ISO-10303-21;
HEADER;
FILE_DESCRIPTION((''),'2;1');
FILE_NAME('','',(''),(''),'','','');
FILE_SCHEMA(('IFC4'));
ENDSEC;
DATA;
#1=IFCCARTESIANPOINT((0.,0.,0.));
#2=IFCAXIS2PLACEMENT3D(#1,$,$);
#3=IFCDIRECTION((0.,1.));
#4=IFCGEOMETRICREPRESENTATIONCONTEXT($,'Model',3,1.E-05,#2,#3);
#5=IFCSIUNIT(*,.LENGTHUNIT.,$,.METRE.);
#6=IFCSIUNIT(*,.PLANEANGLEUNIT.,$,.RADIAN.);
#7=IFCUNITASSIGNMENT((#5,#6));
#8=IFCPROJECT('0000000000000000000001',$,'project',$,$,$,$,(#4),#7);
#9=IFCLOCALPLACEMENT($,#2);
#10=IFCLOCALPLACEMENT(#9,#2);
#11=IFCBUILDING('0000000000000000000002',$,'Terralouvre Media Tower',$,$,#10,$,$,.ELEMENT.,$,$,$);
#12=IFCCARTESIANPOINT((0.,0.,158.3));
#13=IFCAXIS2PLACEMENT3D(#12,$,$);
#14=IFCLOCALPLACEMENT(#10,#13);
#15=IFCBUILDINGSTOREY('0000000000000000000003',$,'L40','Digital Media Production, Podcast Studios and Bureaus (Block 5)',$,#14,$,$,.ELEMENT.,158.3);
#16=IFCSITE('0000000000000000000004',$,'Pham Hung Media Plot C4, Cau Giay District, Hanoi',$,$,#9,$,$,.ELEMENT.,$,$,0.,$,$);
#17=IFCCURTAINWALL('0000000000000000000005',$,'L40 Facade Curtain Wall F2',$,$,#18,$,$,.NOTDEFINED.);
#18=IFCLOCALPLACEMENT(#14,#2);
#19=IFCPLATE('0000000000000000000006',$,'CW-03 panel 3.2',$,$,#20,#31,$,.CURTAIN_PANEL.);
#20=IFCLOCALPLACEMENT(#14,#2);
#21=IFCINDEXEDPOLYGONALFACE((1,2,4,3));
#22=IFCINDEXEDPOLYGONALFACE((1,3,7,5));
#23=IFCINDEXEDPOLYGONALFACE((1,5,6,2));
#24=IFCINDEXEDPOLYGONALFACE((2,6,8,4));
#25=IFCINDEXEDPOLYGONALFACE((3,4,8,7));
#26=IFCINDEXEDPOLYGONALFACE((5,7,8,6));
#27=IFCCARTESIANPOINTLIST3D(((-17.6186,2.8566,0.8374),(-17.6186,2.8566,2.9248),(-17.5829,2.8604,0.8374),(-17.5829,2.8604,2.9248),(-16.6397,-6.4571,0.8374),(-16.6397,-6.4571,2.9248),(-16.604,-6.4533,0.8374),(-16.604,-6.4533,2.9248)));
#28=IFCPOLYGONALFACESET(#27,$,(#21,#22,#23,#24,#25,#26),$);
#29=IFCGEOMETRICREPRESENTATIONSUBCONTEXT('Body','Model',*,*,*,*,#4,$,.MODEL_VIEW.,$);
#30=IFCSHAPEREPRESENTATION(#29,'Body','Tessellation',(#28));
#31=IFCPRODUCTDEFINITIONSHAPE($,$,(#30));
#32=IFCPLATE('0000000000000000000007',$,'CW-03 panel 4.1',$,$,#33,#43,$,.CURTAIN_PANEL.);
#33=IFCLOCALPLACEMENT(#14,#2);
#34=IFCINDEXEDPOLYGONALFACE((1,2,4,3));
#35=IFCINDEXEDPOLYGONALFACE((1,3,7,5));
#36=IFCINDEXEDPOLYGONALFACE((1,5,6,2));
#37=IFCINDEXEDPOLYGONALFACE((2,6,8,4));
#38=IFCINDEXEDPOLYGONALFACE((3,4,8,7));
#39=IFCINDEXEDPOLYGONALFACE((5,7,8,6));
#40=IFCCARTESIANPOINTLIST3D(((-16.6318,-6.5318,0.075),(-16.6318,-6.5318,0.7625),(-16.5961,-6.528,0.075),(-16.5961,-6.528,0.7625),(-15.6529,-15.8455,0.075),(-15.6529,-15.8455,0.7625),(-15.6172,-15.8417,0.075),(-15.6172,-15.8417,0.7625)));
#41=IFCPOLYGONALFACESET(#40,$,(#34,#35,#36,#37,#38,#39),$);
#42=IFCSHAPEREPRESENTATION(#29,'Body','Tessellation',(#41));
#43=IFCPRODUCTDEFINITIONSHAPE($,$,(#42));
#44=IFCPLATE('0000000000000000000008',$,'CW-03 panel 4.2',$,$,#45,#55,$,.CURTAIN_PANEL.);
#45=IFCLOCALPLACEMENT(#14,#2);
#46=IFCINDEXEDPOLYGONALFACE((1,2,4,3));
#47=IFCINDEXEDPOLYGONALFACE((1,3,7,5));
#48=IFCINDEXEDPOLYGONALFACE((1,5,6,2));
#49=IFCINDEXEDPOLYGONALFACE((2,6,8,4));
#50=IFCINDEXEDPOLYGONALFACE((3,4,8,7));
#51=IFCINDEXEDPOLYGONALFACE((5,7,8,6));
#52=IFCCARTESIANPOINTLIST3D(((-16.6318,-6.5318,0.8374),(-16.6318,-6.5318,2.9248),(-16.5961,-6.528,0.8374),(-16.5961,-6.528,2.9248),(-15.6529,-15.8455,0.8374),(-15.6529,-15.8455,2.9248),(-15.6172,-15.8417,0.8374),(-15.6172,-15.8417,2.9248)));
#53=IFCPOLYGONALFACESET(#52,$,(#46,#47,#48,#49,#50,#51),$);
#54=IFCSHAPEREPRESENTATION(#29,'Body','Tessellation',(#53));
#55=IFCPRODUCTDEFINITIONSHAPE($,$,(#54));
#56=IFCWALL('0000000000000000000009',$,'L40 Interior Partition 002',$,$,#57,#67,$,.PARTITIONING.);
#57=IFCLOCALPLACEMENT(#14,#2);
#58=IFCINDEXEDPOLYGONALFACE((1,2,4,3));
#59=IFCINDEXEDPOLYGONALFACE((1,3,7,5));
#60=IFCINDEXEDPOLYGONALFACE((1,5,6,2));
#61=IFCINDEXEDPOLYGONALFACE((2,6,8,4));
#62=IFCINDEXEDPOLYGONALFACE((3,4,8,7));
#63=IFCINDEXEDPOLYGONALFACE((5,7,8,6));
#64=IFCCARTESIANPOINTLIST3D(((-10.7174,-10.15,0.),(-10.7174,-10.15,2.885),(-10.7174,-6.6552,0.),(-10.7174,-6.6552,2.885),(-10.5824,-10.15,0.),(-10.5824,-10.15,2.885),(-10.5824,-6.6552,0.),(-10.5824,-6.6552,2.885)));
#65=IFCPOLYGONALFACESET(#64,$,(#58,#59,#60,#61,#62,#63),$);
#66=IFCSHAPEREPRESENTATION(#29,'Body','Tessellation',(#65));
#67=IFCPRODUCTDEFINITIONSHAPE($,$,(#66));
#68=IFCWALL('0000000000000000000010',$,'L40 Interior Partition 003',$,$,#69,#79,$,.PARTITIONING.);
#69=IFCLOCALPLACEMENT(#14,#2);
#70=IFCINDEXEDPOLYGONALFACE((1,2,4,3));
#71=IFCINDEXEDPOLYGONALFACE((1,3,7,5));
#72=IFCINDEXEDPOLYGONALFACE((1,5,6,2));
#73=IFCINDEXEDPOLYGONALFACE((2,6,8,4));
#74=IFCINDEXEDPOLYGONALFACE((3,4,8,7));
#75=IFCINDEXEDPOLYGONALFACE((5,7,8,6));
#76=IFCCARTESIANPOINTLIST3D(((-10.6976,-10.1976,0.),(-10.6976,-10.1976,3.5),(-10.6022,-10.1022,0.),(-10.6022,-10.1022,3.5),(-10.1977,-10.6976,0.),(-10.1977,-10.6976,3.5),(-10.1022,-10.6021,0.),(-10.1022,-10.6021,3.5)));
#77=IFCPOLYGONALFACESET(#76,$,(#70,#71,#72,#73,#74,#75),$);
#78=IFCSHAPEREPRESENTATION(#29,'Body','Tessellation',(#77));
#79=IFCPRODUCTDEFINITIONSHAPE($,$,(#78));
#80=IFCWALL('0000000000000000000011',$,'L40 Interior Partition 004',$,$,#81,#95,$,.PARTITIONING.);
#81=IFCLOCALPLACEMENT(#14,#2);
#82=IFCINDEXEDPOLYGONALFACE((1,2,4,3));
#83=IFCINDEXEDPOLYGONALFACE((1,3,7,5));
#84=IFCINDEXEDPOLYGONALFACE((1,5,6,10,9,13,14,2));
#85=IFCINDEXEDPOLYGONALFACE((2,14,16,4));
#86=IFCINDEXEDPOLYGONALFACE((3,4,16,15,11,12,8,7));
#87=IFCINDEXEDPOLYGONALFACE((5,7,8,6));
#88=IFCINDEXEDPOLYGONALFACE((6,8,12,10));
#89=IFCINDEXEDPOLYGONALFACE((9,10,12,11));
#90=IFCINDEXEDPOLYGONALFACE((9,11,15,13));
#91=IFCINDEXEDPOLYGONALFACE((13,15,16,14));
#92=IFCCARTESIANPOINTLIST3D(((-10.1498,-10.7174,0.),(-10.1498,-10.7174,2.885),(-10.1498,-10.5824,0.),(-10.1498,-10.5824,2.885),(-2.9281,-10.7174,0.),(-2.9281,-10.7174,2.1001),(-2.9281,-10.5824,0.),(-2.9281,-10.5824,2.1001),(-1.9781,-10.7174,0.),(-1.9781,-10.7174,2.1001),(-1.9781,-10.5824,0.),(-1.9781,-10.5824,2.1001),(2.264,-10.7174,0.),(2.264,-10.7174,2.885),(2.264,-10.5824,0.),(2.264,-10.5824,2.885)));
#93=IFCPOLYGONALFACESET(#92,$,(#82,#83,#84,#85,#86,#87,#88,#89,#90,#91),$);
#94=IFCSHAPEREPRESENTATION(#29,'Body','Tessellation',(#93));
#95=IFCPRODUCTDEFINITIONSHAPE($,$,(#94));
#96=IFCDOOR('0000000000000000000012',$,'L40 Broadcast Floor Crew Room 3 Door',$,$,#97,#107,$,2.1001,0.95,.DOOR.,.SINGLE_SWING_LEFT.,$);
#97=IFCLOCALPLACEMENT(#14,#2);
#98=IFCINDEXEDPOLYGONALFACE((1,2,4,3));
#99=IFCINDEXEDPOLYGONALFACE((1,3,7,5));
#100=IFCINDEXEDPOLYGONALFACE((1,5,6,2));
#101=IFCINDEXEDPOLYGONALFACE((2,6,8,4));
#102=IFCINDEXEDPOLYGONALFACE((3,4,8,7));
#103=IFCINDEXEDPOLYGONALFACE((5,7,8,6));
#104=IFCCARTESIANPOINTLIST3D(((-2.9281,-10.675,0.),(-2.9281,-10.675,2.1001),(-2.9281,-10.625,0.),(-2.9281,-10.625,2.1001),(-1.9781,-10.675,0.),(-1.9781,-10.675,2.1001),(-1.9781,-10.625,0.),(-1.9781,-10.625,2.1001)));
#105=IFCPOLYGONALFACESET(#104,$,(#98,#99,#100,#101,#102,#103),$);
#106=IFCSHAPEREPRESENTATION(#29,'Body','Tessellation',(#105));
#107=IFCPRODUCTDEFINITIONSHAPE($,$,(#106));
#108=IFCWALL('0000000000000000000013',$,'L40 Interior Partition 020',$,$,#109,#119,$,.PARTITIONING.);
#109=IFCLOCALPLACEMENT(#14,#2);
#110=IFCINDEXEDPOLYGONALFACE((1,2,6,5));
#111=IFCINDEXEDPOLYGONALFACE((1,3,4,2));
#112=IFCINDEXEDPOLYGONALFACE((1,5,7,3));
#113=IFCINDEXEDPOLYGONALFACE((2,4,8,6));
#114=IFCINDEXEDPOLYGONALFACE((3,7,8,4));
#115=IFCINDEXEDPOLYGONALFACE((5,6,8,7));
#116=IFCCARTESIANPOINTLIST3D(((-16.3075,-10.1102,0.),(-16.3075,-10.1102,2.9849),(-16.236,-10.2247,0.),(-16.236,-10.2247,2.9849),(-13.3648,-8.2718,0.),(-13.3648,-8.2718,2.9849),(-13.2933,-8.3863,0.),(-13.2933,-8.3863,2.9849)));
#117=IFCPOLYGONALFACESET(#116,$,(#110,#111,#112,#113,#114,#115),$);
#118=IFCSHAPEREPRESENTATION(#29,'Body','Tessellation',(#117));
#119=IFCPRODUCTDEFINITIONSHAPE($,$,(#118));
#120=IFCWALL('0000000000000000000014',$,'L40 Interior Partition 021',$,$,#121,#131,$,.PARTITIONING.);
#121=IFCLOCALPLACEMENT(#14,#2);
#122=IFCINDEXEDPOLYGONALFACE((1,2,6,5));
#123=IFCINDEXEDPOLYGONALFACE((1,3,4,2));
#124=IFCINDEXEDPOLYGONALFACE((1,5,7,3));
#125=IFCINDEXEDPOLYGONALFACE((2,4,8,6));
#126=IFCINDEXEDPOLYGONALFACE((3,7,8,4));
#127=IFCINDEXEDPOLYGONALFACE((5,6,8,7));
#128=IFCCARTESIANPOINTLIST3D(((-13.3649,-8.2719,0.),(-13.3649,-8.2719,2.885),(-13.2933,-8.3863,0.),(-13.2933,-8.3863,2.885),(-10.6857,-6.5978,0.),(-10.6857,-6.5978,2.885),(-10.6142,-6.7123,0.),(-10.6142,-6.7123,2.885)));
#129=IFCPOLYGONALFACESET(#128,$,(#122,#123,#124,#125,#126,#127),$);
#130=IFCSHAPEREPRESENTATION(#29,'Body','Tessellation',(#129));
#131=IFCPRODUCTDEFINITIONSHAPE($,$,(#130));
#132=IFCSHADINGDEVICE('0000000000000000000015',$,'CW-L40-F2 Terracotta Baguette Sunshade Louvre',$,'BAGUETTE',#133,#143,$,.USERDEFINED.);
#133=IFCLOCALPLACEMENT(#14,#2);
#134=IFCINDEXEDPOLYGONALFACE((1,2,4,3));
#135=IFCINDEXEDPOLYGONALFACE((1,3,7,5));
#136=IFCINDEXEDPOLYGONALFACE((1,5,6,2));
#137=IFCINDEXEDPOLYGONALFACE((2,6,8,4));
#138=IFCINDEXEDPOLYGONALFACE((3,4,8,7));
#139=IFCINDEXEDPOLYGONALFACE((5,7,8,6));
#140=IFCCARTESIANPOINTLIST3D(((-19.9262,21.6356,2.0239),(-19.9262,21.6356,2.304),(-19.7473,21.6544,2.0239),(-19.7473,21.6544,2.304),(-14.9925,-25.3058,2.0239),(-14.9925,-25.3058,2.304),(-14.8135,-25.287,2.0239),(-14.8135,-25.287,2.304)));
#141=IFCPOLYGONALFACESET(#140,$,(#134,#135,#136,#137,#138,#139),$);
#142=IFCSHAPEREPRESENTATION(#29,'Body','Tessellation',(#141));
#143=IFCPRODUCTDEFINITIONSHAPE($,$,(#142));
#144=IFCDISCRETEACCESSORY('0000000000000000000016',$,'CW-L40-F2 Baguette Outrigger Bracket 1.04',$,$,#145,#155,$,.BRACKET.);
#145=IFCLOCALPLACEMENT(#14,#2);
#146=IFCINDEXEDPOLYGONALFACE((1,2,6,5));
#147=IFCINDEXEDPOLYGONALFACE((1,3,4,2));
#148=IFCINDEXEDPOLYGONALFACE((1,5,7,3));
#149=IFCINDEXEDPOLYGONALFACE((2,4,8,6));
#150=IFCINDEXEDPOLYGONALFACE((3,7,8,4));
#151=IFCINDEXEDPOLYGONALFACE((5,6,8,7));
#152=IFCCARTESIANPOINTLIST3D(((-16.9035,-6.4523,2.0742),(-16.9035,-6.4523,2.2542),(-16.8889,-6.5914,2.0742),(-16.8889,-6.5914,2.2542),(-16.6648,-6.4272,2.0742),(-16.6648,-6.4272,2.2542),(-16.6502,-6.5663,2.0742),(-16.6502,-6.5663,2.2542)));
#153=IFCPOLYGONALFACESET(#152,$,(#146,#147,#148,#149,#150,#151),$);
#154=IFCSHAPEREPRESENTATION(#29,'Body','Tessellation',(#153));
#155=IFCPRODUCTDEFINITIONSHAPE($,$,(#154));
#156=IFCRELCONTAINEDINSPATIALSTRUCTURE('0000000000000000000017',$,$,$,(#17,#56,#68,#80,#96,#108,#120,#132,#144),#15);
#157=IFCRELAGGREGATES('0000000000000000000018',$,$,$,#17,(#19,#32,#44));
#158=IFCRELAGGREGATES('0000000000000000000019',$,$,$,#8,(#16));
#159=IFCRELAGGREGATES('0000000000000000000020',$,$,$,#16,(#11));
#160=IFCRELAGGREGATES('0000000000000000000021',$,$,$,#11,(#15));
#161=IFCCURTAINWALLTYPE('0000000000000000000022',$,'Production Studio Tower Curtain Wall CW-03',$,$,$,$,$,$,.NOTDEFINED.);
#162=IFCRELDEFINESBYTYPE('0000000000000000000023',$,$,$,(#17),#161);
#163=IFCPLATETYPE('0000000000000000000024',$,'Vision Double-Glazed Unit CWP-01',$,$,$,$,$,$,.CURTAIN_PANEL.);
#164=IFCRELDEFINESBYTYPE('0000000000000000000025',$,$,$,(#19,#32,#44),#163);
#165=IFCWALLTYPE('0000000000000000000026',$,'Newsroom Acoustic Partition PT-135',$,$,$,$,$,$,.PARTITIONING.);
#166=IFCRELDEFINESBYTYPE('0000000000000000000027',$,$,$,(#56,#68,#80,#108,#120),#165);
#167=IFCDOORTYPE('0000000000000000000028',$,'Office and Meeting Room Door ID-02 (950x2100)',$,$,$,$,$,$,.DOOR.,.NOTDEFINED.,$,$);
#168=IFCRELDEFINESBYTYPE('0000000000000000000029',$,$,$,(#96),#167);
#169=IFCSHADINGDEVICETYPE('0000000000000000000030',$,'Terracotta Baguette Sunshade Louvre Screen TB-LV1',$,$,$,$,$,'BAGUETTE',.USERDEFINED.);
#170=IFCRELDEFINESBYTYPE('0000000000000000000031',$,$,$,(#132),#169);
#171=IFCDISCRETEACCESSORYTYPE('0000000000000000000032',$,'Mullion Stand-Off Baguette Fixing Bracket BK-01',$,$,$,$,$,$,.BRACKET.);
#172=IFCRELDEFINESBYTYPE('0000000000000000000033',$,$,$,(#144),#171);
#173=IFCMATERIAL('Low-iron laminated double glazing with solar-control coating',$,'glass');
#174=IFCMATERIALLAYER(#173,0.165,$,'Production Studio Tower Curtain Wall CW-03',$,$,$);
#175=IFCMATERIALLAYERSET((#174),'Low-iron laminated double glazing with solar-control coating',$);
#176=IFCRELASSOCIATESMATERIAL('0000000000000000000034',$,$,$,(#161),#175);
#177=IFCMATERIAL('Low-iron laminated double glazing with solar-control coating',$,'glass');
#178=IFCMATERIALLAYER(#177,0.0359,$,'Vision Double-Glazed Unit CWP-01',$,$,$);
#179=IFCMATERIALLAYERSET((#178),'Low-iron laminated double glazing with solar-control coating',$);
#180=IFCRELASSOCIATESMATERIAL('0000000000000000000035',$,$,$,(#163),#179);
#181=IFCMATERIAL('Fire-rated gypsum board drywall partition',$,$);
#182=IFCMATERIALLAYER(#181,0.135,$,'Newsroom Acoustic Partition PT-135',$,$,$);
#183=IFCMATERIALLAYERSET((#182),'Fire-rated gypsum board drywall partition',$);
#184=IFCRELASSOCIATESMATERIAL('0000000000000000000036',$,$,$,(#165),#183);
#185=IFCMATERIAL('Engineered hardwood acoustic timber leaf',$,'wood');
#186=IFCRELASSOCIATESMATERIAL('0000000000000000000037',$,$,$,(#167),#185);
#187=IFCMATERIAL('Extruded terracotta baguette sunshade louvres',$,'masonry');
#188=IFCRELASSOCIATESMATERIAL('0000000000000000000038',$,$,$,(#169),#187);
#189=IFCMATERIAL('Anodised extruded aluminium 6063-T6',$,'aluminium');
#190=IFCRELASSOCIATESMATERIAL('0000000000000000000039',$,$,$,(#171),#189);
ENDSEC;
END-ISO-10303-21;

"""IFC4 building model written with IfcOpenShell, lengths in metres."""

from ifc_helpers import new_model, si_unit, direction, frame, frame_2d, origin, origin_2d, place, context, subcontext, project, spatial, rectangle, extrude, material, layer, layer_set, type_object, element, fill, aggregate, save


model = new_model("IFC4")

# Units and contexts
model_context = context("Model", 3, precision=1e-05, world=origin(), true_north=direction((0.0, 1.0)))
body_context = subcontext(model_context, "Body", "Model", "MODEL_VIEW")
ifc_project = project(units=[si_unit("LENGTHUNIT", "METRE"), si_unit("PLANEANGLEUNIT", "RADIAN")], contexts=[model_context])

# Site, building, storey
site_placement = place(None, origin())
site = spatial("IfcSite", under=ifc_project, at=site_placement, Name="Pham Hung Media Plot C4, Cau Giay District, Hanoi", CompositionType="ELEMENT", RefElevation=0.0)
building_placement = place(site_placement, origin())
building = spatial("IfcBuilding", under=site, at=building_placement, Name="Terralouvre Media Tower", CompositionType="ELEMENT")
storey_placement = place(building_placement, frame((0.0, 0.0, 158.3)))
storey = spatial("IfcBuildingStorey", under=building, at=storey_placement, Name="L40", Description="Digital Media Production, Podcast Studios and Bureaus (Block 5)", CompositionType="ELEMENT", Elevation=158.3)

# Curtain wall
ifc_material_1 = material(Name="Low-iron laminated double glazing with solar-control coating", Category="glass")
ifc_layer_1 = layer(ifc_material_1, 0.165, Name="Production Studio Tower Curtain Wall CW-03")
ifc_layer_set_1 = layer_set([ifc_layer_1], Name="Low-iron laminated double glazing with solar-control coating")
curtain_wall_type = type_object("IfcCurtainWallType", Name="Production Studio Tower Curtain Wall CW-03", PredefinedType="NOTDEFINED", material=ifc_layer_set_1)
curtain_wall_placement = place(storey_placement, origin())
curtain_wall = element("IfcCurtainWall", 1, at=curtain_wall_placement, inside=storey, type_object=curtain_wall_type, Name="L40 Facade Curtain Wall F2", PredefinedType="NOTDEFINED")

# Plates
ifc_material_2 = material(Name="Low-iron laminated double glazing with solar-control coating", Category="glass")
ifc_layer_2 = layer(ifc_material_2, 0.0359, Name="Vision Double-Glazed Unit CWP-01")
ifc_layer_set_2 = layer_set([ifc_layer_2], Name="Low-iron laminated double glazing with solar-control coating")
plate_type = type_object("IfcPlateType", Name="Vision Double-Glazed Unit CWP-01", PredefinedType="CURTAIN_PANEL", material=ifc_layer_set_2)
plate_1_placement = place(storey_placement, frame((-17.1113, -1.7983, 0.8374), z_axis=(0.0, 0.0, 1.0), x_axis=(0.104528, -0.994522, 0.0)))
plate_1 = element("IfcPlate", 2, at=plate_1_placement, type_object=plate_type, Name="CW-03 panel 3.2", PredefinedType="CURTAIN_PANEL", context=body_context, shape_type="SweptSolid", body=[
    extrude(rectangle(XDim=9.365, YDim=0.0359, at=origin_2d()), origin(), (0.0, 0.0, 1.0), 2.0874),
])
plate_2_placement = place(storey_placement, frame((-16.1245, -11.1868, 0.075), z_axis=(0.0, 0.0, 1.0), x_axis=(0.104528, -0.994522, 0.0)))
plate_2 = element("IfcPlate", 3, at=plate_2_placement, type_object=plate_type, Name="CW-03 panel 4.1", PredefinedType="CURTAIN_PANEL", context=body_context, shape_type="SweptSolid", body=[
    extrude(rectangle(XDim=9.365, YDim=0.0359, at=origin_2d()), origin(), (0.0, 0.0, 1.0), 0.6875),
])
plate_3_placement = place(storey_placement, frame((-16.1245, -11.1868, 0.8374), z_axis=(0.0, 0.0, 1.0), x_axis=(0.104528, -0.994522, 0.0)))
plate_3 = element("IfcPlate", 4, at=plate_3_placement, type_object=plate_type, Name="CW-03 panel 4.2", PredefinedType="CURTAIN_PANEL", context=body_context, shape_type="SweptSolid", body=[
    extrude(rectangle(XDim=9.365, YDim=0.0359, at=origin_2d()), origin(), (0.0, 0.0, 1.0), 2.0874),
])
aggregate(curtain_wall, [plate_1, plate_2, plate_3])

# Walls
ifc_material_3 = material(Name="Fire-rated gypsum board drywall partition")
ifc_layer_3 = layer(ifc_material_3, 0.135, Name="Newsroom Acoustic Partition PT-135")
ifc_layer_set_3 = layer_set([ifc_layer_3], Name="Fire-rated gypsum board drywall partition")
wall_type = type_object("IfcWallType", Name="Newsroom Acoustic Partition PT-135", PredefinedType="PARTITIONING", material=ifc_layer_set_3)
wall_1_placement = place(storey_placement, frame((-10.6499, -6.655, 0.0), z_axis=(0.0, 0.0, 1.0), x_axis=(0.0, -1.0, 0.0)))
element("IfcWall", 5, at=wall_1_placement, inside=storey, type_object=wall_type, Name="L40 Interior Partition 002", PredefinedType="PARTITIONING", context=body_context, shape_type="SweptSolid", body=[
    extrude(rectangle(XDim=3.4949, YDim=0.135, at=frame_2d((1.7476, 0.0))), origin(), (0.0, 0.0, 1.0), 2.885),
])
wall_2_placement = place(storey_placement, frame((-10.6499, -10.1499, 0.0), z_axis=(0.0, 0.0, 1.0), x_axis=(0.707107, -0.707107, 0.0)))
element("IfcWall", 6, at=wall_2_placement, inside=storey, type_object=wall_type, Name="L40 Interior Partition 003", PredefinedType="PARTITIONING", context=body_context, shape_type="SweptSolid", body=[
    extrude(rectangle(XDim=0.707, YDim=0.135, at=frame_2d((0.3535, 0.0))), origin(), (0.0, 0.0, 1.0), 3.5),
])

# Wall, opening, door
wall_3_placement = place(storey_placement, frame((-10.1499, -10.6499, 0.0), z_axis=(0.0, 0.0, 1.0), x_axis=(1.0, 0.0, 0.0)))
wall_3 = element("IfcWall", 7, at=wall_3_placement, inside=storey, type_object=wall_type, Name="L40 Interior Partition 004", PredefinedType="PARTITIONING", context=body_context, shape_type="SweptSolid", body=[
    extrude(rectangle(XDim=12.4138, YDim=0.135, at=frame_2d((6.207, 0.0))), origin(), (0.0, 0.0, 1.0), 2.885),
])
opening_placement = place(wall_3_placement, frame((7.2217, 0.0, 0.0)))
opening = element("IfcOpeningElement", 8, at=opening_placement, cuts=wall_3, PredefinedType="OPENING", context=body_context, shape_type="SweptSolid", body=[
    extrude(rectangle(XDim=0.95, YDim=2.1001, at=frame_2d((0.4751, 1.05))), frame((0.0, 0.0774, 0.0), z_axis=(0.0, -1.0, 0.0), x_axis=(1.0, 0.0, 0.0)), (0.0, 0.0, 1.0), 0.155),
])
ifc_material_4 = material(Name="Engineered hardwood acoustic timber leaf", Category="wood")
door_type = type_object("IfcDoorType", Name="Office and Meeting Room Door ID-02 (950x2100)", OperationType="NOTDEFINED", PredefinedType="DOOR", material=ifc_material_4)
door_placement = place(opening_placement, origin())
door = element("IfcDoor", 9, at=door_placement, inside=storey, type_object=door_type, Name="L40 Broadcast Floor Crew Room 3 Door", OperationType="SINGLE_SWING_LEFT", OverallHeight=2.1001, OverallWidth=0.95, PredefinedType="DOOR", context=body_context, shape_type="SweptSolid", body=[
    extrude(rectangle(XDim=0.95, YDim=2.1001, at=frame_2d((0.4751, 1.05))), frame((0.0, 0.0249, 0.0), z_axis=(0.0, -1.0, 0.0), x_axis=(1.0, 0.0, 0.0)), (0.0, 0.0, 1.0), 0.05),
])
fill(opening, door)

# Walls
wall_4_placement = place(storey_placement, frame((-16.2717, -10.1675, 0.0), z_axis=(0.0, 0.0, 1.0), x_axis=(0.848097, 0.529841, 0.0)))
element("IfcWall", 10, at=wall_4_placement, inside=storey, type_object=wall_type, Name="L40 Interior Partition 020", PredefinedType="PARTITIONING", context=body_context, shape_type="SweptSolid", body=[
    extrude(rectangle(XDim=3.4697, YDim=0.135, at=frame_2d((1.7349, 0.0))), origin(), (0.0, 0.0, 1.0), 2.9849),
])
wall_5_placement = place(storey_placement, frame((-13.3291, -8.3291, 0.0), z_axis=(0.0, 0.0, 1.0), x_axis=(0.848059, 0.529902, 0.0)))
element("IfcWall", 11, at=wall_5_placement, inside=storey, type_object=wall_type, Name="L40 Interior Partition 021", PredefinedType="PARTITIONING", context=body_context, shape_type="SweptSolid", body=[
    extrude(rectangle(XDim=3.1592, YDim=0.135, at=frame_2d((1.5796, 0.0))), origin(), (0.0, 0.0, 1.0), 2.885),
])

# Shading device
ifc_material_5 = material(Name="Extruded terracotta baguette sunshade louvres", Category="masonry")
shading_device_type = type_object("IfcShadingDeviceType", Name="Terracotta Baguette Sunshade Louvre Screen TB-LV1", ElementType="BAGUETTE", PredefinedType="USERDEFINED", material=ifc_material_5)
shading_device_placement = place(storey_placement, frame((-17.3699, -1.8257, 2.0239), z_axis=(0.0, 0.0, 1.0), x_axis=(0.104528, -0.994522, 0.0)))
element("IfcShadingDevice", 12, at=shading_device_placement, inside=storey, type_object=shading_device_type, Name="CW-L40-F2 Terracotta Baguette Sunshade Louvre", ObjectType="BAGUETTE", PredefinedType="USERDEFINED", context=body_context, shape_type="SweptSolid", body=[
    extrude(rectangle(XDim=47.2, YDim=0.1799, at=origin_2d()), origin(), (0.0, 0.0, 1.0), 0.28),
])

# Discrete accessory
ifc_material_6 = material(Name="Anodised extruded aluminium 6063-T6", Category="aluminium")
discrete_accessory_type = type_object("IfcDiscreteAccessoryType", Name="Mullion Stand-Off Baguette Fixing Bracket BK-01", PredefinedType="BRACKET", material=ifc_material_6)
discrete_accessory_placement = place(storey_placement, frame((-16.7769, -6.5093, 2.0742), z_axis=(0.0, 0.0, 1.0), x_axis=(0.104528, -0.994522, 0.0)))
element("IfcDiscreteAccessory", 13, at=discrete_accessory_placement, inside=storey, type_object=discrete_accessory_type, Name="CW-L40-F2 Baguette Outrigger Bracket 1.04", PredefinedType="BRACKET", context=body_context, shape_type="SweptSolid", body=[
    extrude(rectangle(XDim=0.1399, YDim=0.24, at=origin_2d()), origin(), (0.0, 0.0, 1.0), 0.1799),
])

save(model, "model.ifc")
